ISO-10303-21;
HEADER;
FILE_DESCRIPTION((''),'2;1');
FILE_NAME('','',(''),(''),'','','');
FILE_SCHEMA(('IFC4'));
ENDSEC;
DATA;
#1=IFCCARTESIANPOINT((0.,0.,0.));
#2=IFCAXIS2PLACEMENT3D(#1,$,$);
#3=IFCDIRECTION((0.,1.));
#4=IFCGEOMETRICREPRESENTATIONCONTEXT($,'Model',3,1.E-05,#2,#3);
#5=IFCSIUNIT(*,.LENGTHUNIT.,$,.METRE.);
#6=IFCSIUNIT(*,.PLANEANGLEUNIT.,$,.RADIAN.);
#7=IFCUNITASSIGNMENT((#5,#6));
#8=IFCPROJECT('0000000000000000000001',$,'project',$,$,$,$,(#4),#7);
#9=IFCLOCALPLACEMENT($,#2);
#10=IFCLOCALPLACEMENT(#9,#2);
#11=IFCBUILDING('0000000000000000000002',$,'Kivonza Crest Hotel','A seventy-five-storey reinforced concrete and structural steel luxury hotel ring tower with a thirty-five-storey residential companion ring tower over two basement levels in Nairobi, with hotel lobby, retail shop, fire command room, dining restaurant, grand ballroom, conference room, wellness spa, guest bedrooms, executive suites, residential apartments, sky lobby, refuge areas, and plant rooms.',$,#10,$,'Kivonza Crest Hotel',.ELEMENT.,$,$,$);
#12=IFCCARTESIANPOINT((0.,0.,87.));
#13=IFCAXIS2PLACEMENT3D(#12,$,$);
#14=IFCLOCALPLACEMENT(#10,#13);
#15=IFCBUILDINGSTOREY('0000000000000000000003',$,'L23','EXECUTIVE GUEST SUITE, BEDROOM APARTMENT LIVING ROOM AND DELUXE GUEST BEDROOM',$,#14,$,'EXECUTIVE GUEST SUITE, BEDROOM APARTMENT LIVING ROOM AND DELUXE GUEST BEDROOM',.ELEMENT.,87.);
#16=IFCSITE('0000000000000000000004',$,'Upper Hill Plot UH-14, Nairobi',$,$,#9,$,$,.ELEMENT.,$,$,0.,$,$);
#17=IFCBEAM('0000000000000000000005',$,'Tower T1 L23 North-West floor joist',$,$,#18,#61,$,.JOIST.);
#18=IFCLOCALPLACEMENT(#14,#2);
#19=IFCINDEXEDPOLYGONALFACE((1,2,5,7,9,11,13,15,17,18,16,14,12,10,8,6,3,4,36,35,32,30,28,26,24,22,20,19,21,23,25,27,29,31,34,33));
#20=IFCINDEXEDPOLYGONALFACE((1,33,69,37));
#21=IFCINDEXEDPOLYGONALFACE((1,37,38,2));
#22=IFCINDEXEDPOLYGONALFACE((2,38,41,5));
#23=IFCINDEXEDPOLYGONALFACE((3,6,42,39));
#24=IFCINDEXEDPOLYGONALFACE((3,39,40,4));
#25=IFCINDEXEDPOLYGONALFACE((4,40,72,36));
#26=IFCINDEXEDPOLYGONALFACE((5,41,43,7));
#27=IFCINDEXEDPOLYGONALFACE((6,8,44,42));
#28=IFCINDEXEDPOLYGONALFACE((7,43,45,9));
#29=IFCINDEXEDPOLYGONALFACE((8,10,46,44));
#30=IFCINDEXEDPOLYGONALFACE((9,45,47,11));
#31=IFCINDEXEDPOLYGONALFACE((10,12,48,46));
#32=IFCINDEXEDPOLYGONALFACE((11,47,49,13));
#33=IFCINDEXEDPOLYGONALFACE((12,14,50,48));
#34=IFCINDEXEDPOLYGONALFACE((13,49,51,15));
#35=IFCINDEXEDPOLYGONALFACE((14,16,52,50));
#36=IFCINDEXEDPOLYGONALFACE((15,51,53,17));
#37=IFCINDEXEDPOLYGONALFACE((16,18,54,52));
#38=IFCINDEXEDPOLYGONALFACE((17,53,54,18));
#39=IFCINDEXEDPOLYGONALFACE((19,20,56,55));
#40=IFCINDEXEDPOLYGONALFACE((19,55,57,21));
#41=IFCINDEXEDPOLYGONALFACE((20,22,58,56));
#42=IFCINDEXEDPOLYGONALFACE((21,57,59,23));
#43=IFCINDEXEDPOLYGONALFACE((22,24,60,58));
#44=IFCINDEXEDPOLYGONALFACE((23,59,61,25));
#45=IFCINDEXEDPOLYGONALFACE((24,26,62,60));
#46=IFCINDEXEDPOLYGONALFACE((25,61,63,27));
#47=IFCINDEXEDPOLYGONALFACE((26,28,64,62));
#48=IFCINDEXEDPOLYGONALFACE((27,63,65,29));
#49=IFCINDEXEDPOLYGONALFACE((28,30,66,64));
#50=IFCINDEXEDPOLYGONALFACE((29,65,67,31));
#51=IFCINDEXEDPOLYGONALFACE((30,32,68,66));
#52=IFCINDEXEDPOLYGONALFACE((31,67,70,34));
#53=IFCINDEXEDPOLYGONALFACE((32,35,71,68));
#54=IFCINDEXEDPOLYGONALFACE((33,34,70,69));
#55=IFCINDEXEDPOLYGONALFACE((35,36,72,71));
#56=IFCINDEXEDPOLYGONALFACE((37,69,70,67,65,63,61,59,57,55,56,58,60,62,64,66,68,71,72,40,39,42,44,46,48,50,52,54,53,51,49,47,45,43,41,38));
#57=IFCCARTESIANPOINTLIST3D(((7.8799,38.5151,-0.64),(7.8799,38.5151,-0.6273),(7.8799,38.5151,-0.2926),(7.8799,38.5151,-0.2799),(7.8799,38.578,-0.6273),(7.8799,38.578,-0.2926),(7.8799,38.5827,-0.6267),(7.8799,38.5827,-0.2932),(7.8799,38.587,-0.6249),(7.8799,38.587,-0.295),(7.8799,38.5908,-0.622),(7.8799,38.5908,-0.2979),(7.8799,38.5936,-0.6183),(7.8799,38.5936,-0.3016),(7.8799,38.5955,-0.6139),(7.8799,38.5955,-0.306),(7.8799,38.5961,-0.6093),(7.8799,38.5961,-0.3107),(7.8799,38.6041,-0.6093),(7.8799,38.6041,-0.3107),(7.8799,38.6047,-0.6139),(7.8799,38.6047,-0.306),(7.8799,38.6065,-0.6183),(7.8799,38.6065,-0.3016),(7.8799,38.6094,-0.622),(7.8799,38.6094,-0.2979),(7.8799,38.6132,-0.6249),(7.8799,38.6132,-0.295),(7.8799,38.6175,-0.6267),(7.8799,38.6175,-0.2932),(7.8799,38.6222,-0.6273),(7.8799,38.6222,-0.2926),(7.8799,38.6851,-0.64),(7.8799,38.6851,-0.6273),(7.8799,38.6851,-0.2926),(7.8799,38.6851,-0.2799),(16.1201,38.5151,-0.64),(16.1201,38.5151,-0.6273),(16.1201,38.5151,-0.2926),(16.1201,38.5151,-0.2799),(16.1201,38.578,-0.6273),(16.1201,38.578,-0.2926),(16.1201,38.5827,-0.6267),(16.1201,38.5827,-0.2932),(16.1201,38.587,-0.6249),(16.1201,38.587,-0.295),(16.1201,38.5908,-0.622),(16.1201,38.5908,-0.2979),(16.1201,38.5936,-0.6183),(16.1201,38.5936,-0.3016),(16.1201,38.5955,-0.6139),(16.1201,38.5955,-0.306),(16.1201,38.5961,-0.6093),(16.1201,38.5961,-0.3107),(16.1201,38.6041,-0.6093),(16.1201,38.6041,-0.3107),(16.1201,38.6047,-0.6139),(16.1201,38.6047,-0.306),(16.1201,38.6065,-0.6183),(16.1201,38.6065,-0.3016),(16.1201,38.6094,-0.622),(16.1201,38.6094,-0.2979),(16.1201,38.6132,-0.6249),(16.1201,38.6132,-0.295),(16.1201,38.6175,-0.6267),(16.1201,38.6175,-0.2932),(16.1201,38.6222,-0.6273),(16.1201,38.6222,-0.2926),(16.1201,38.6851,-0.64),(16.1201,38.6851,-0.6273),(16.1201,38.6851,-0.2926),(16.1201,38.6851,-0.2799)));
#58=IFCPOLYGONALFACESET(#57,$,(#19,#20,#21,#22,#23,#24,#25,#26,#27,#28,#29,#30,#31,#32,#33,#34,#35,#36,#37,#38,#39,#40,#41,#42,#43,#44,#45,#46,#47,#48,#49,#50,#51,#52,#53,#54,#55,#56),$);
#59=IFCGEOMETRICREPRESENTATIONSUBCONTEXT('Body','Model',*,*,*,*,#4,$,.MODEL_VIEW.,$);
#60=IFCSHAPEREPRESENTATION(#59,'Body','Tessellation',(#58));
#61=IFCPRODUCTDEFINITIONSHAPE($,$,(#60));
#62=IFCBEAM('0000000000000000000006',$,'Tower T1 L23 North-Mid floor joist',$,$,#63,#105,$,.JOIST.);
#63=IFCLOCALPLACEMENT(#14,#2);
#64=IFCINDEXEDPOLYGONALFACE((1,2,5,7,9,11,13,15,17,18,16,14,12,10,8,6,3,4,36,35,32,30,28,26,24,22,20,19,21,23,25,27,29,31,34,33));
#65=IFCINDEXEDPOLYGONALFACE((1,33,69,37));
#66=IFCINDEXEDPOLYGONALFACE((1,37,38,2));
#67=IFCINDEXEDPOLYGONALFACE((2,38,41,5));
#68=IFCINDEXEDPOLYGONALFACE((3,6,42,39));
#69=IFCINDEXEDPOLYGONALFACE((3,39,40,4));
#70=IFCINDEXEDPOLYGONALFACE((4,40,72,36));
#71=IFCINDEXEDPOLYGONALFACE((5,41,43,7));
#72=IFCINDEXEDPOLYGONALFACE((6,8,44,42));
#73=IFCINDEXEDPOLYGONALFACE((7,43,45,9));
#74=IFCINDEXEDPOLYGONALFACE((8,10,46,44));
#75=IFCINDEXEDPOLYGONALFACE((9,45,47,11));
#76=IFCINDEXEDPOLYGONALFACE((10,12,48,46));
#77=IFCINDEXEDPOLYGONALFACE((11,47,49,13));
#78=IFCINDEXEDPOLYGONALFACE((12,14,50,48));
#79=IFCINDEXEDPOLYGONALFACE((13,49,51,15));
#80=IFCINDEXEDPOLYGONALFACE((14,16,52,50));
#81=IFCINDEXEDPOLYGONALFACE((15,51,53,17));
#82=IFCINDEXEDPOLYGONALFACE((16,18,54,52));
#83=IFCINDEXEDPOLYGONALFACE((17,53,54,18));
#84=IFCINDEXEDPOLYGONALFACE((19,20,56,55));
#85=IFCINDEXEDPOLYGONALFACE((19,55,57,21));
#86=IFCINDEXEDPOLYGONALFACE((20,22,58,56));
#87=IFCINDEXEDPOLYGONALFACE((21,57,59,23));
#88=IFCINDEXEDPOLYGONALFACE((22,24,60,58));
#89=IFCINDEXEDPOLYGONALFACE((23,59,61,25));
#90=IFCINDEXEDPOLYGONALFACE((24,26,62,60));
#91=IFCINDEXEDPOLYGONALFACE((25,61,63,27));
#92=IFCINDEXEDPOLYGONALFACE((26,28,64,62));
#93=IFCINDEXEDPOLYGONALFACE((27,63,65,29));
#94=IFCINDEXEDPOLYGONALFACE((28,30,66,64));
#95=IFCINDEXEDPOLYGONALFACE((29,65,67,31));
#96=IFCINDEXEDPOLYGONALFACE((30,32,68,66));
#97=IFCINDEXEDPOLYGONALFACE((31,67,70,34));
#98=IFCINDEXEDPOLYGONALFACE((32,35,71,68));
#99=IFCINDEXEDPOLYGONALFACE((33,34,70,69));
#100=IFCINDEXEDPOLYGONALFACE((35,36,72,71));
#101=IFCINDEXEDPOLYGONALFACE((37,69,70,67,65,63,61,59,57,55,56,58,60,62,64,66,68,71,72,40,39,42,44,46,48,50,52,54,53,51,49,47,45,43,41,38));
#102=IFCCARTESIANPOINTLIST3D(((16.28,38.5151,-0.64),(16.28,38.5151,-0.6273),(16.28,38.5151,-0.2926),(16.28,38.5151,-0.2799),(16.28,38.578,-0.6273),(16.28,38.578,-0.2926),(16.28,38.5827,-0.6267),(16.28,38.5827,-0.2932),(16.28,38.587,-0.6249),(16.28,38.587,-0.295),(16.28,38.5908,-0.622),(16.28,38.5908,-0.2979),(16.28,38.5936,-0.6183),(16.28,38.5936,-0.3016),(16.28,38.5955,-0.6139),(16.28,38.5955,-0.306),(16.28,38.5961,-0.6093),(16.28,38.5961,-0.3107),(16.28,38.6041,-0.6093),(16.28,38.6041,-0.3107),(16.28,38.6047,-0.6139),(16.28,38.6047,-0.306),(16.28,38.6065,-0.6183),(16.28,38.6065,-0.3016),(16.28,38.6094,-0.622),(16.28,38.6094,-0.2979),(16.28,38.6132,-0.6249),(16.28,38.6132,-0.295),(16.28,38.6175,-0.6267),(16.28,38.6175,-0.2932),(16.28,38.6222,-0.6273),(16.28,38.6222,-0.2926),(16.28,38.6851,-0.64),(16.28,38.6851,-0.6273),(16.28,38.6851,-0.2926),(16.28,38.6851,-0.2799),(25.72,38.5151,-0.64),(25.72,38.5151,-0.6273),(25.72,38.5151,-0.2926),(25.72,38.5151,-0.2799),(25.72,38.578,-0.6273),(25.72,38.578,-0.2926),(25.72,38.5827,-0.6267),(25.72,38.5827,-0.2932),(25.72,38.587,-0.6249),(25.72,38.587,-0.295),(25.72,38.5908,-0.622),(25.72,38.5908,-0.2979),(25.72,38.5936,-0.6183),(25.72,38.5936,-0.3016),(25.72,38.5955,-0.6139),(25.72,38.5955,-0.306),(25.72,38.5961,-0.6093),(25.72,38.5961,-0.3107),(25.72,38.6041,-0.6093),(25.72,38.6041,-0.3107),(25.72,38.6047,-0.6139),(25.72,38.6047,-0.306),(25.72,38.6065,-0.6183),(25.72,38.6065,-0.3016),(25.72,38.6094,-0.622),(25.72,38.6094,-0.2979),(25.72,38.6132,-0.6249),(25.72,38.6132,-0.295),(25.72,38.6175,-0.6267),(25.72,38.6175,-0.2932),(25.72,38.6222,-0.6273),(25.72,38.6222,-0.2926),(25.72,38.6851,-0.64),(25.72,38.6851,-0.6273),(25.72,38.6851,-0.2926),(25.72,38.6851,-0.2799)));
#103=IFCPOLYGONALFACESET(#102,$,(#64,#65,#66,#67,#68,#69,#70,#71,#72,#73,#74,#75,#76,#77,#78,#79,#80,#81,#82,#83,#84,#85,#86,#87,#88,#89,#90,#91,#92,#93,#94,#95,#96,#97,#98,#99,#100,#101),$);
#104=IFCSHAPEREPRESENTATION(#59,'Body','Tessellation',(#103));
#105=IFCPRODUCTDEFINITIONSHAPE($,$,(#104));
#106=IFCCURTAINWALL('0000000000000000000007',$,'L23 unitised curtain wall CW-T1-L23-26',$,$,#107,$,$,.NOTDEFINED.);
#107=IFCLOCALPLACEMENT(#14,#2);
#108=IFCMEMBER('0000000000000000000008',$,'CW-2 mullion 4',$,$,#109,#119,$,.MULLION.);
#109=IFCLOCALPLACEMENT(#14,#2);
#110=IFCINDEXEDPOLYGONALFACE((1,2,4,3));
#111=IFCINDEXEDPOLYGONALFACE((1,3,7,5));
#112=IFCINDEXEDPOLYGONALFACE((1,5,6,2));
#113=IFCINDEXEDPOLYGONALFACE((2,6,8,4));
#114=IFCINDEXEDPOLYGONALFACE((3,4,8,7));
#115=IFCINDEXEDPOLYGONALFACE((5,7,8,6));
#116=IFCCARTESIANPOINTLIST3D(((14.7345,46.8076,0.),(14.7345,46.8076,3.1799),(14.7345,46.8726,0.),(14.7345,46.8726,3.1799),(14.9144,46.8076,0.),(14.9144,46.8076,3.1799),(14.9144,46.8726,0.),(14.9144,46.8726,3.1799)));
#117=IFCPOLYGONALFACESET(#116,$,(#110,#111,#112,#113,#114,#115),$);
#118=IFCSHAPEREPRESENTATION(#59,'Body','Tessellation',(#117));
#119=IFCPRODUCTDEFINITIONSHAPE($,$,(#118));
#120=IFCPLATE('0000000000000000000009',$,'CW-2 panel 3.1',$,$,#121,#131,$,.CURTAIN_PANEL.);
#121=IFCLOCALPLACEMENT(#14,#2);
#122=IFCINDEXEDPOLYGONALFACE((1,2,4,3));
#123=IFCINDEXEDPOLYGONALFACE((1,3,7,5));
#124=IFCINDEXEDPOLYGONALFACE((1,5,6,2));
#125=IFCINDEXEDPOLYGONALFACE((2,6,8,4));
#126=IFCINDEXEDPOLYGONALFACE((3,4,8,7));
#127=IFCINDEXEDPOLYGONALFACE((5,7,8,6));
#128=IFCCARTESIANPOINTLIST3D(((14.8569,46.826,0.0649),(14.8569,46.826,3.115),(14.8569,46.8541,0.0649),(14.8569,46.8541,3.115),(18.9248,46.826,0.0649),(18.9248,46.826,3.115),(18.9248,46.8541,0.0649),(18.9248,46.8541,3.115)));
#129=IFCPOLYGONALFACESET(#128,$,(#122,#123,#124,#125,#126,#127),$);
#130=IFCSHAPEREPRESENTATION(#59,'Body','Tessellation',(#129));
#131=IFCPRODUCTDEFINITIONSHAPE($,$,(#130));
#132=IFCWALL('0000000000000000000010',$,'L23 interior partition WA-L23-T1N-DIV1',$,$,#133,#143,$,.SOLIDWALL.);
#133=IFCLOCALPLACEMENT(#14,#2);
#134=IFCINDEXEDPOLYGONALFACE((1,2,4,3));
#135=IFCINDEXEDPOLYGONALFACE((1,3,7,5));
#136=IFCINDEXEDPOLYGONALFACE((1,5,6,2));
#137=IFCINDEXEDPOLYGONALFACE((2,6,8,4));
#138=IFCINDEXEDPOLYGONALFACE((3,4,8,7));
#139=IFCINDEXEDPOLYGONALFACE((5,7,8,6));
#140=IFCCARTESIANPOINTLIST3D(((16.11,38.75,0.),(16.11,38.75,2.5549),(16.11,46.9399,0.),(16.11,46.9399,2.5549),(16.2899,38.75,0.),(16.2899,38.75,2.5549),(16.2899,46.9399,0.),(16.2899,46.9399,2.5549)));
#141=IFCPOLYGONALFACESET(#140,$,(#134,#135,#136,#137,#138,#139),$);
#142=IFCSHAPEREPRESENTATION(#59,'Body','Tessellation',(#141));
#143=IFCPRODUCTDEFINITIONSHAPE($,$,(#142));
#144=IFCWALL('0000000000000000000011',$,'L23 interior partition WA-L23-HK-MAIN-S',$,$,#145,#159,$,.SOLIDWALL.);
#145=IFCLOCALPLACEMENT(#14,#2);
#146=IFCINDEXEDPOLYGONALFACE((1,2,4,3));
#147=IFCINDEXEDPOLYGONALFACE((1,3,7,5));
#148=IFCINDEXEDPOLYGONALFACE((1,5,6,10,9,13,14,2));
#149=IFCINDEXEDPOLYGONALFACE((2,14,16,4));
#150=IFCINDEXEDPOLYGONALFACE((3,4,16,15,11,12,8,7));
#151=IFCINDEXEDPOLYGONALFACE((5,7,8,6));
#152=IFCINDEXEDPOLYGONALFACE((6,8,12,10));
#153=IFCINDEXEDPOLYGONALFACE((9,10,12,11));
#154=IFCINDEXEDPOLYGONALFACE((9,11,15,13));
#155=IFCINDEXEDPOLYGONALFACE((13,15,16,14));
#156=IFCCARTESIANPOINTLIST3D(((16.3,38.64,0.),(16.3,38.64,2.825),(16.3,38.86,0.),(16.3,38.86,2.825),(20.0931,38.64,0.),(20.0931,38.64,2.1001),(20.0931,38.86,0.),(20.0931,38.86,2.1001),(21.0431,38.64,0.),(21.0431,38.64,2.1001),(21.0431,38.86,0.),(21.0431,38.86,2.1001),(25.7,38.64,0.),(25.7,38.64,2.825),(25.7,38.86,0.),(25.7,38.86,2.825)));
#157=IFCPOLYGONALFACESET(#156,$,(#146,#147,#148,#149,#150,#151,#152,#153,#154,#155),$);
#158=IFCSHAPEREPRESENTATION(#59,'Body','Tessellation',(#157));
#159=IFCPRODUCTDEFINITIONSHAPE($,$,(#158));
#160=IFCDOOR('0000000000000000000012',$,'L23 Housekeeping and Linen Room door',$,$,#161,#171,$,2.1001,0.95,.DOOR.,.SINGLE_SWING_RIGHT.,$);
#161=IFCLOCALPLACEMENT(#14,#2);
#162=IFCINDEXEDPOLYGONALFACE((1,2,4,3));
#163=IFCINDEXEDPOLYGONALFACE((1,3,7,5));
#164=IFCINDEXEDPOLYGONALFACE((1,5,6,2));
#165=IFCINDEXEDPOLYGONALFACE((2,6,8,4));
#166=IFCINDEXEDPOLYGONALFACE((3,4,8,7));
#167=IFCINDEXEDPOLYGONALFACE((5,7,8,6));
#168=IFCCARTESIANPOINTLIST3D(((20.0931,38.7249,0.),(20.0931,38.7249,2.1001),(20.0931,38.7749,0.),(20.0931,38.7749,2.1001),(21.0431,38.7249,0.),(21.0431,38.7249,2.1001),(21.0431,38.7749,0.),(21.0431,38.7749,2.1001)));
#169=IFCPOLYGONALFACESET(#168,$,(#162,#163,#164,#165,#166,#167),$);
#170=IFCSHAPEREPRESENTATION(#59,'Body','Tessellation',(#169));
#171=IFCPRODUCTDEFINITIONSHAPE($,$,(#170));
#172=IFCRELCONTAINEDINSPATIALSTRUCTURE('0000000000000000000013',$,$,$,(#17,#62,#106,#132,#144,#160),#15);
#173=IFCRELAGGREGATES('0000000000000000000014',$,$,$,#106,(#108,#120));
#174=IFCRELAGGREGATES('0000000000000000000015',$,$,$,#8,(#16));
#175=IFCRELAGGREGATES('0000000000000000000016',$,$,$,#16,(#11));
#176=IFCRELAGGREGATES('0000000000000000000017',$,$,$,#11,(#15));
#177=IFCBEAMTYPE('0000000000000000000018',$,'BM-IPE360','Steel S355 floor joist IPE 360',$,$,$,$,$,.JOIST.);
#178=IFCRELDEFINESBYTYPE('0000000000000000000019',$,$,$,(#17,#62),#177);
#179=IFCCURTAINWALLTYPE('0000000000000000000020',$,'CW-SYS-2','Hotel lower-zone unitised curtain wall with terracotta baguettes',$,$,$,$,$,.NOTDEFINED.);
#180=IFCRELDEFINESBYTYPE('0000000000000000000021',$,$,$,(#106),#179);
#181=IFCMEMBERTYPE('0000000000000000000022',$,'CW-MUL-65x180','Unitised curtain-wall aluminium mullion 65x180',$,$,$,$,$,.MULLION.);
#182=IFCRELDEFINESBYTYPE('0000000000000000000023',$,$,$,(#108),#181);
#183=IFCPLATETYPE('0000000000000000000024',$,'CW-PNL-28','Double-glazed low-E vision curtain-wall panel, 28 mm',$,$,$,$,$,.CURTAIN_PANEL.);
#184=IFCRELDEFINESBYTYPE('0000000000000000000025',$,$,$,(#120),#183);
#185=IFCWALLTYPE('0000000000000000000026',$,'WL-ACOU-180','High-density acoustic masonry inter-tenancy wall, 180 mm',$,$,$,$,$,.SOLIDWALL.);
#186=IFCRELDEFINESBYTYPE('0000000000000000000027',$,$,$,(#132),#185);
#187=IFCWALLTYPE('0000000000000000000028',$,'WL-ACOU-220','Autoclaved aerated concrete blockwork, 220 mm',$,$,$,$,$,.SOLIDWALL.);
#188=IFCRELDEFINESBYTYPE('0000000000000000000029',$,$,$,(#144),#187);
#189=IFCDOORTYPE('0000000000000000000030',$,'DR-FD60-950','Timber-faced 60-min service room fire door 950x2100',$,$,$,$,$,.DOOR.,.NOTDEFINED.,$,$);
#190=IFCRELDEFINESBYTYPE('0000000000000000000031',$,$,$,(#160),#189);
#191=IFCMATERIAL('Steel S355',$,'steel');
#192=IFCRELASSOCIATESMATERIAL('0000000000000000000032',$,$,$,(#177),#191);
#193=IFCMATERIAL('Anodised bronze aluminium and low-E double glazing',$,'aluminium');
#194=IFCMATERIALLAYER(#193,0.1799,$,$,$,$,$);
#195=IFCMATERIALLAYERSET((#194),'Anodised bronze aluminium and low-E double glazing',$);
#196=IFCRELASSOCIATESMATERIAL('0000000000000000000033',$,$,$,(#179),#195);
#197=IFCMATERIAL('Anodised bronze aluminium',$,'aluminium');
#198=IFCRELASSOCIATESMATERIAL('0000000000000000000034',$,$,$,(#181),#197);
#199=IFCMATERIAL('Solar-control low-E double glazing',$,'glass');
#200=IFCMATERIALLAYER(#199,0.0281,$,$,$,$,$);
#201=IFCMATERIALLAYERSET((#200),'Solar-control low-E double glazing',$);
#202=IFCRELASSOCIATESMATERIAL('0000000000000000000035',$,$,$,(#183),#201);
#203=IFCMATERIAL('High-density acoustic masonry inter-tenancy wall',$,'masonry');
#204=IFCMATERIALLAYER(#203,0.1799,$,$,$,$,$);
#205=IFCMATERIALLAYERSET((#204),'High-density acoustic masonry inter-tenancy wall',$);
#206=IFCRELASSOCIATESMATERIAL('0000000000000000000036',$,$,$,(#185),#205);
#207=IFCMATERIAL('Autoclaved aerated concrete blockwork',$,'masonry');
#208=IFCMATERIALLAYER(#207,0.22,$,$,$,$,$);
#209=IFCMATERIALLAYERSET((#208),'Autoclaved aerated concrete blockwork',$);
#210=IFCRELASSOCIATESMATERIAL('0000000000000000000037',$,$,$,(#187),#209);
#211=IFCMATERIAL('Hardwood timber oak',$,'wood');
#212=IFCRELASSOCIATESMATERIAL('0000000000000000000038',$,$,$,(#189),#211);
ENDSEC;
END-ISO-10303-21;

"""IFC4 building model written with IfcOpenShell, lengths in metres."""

from ifc_helpers import new_model, si_unit, direction, frame, frame_2d, origin, origin_2d, place, context, subcontext, project, spatial, rectangle, i_section, extrude, material, layer, layer_set, material_profile, profile_set, type_object, element, fill, aggregate, save


model = new_model("IFC4")

# Units and contexts
model_context = context("Model", 3, precision=1e-05, world=origin(), true_north=direction((0.0, 1.0)))
body_context = subcontext(model_context, "Body", "Model", "MODEL_VIEW")
ifc_project = project(units=[si_unit("LENGTHUNIT", "METRE"), si_unit("PLANEANGLEUNIT", "RADIAN")], contexts=[model_context])

# Site, building, storey
site_placement = place(None, origin())
site = spatial("IfcSite", under=ifc_project, at=site_placement, Name="Upper Hill Plot UH-14, Nairobi", CompositionType="ELEMENT", RefElevation=0.0)
building_placement = place(site_placement, origin())
building = spatial("IfcBuilding", under=site, at=building_placement, Name="Kivonza Crest Hotel", Description="A seventy-five-storey reinforced concrete and structural steel luxury hotel ring tower with a thirty-five-storey residential companion ring tower over two basement levels in Nairobi, with hotel lobby, retail shop, fire command room, dining restaurant, grand ballroom, conference room, wellness spa, guest bedrooms, executive suites, residential apartments, sky lobby, refuge areas, and plant rooms.", LongName="Kivonza Crest Hotel", CompositionType="ELEMENT")
storey_placement = place(building_placement, frame((0.0, 0.0, 87.0)))
storey = spatial("IfcBuildingStorey", under=building, at=storey_placement, Name="L23", Description="EXECUTIVE GUEST SUITE, BEDROOM APARTMENT LIVING ROOM AND DELUXE GUEST BEDROOM", LongName="EXECUTIVE GUEST SUITE, BEDROOM APARTMENT LIVING ROOM AND DELUXE GUEST BEDROOM", CompositionType="ELEMENT", Elevation=87.0)

# Beams
ifc_material_1 = material(Name="Steel S355", Category="steel")
ifc_material_profile_1 = material_profile(ifc_material_1, i_section(OverallWidth=0.1699, OverallDepth=0.3601, WebThickness=0.0081, FlangeThickness=0.0127, FilletRadius=0.0181, at=origin_2d()), Name="IPE 360")
ifc_profile_set_1 = profile_set([ifc_material_profile_1], Name="Steel S355")
beam_type_1 = type_object("IfcBeamType", Name="BM-IPE360", Description="Steel S355 floor joist IPE 360", PredefinedType="JOIST", material=ifc_profile_set_1)
beam_1_placement = place(storey_placement, frame((7.8799, 38.6001, -0.46), z_axis=(1.0, 0.0, 0.0), x_axis=(0.0, 1.0, 0.0)))
element("IfcBeam", 1, at=beam_1_placement, inside=storey, type_object=beam_type_1, Name="Tower T1 L23 North-West floor joist", PredefinedType="JOIST", context=body_context, shape_type="SweptSolid", body=[
    extrude(i_section(OverallWidth=0.1699, OverallDepth=0.3601, WebThickness=0.0081, FlangeThickness=0.0127, FilletRadius=0.0181, at=origin_2d()), origin(), (0.0, 0.0, 1.0), 8.2402),
])
beam_2_placement = place(storey_placement, frame((16.28, 38.6001, -0.46), z_axis=(1.0, 0.0, 0.0), x_axis=(0.0, 1.0, 0.0)))
element("IfcBeam", 2, at=beam_2_placement, inside=storey, type_object=beam_type_1, Name="Tower T1 L23 North-Mid floor joist", PredefinedType="JOIST", context=body_context, shape_type="SweptSolid", body=[
    extrude(i_section(OverallWidth=0.1699, OverallDepth=0.3601, WebThickness=0.0081, FlangeThickness=0.0127, FilletRadius=0.0181, at=origin_2d()), origin(), (0.0, 0.0, 1.0), 9.4399),
])

# Curtain wall, member, plate
ifc_material_2 = material(Name="Anodised bronze aluminium and low-E double glazing", Category="aluminium")
ifc_layer_1 = layer(ifc_material_2, 0.1799)
ifc_layer_set_1 = layer_set([ifc_layer_1], Name="Anodised bronze aluminium and low-E double glazing")
curtain_wall_type = type_object("IfcCurtainWallType", Name="CW-SYS-2", Description="Hotel lower-zone unitised curtain wall with terracotta baguettes", PredefinedType="NOTDEFINED", material=ifc_layer_set_1)
curtain_wall_placement = place(storey_placement, origin())
curtain_wall = element("IfcCurtainWall", 3, at=curtain_wall_placement, inside=storey, type_object=curtain_wall_type, Name="L23 unitised curtain wall CW-T1-L23-26", PredefinedType="NOTDEFINED")
ifc_material_3 = material(Name="Anodised bronze aluminium", Category="aluminium")
ifc_material_profile_2 = material_profile(ifc_material_3, rectangle(XDim=0.0649, YDim=0.1799, at=origin_2d()), Name="CW-M 65x180")
ifc_profile_set_2 = profile_set([ifc_material_profile_2], Name="Anodised bronze aluminium")
member_type = type_object("IfcMemberType", Name="CW-MUL-65x180", Description="Unitised curtain-wall aluminium mullion 65x180", PredefinedType="MULLION", material=ifc_profile_set_2)
member_placement = place(storey_placement, frame((14.8245, 46.8401, 0.0), z_axis=(0.0, 0.0, 1.0), x_axis=(0.0, -1.0, 0.0)))
member = element("IfcMember", 4, at=member_placement, type_object=member_type, Name="CW-2 mullion 4", PredefinedType="MULLION", context=body_context, shape_type="SweptSolid", body=[
    extrude(rectangle(XDim=0.0649, YDim=0.1799, at=origin_2d()), origin(), (0.0, 0.0, 1.0), 3.1799),
])
ifc_material_4 = material(Name="Solar-control low-E double glazing", Category="glass")
ifc_layer_2 = layer(ifc_material_4, 0.0281)
ifc_layer_set_2 = layer_set([ifc_layer_2], Name="Solar-control low-E double glazing")
plate_type = type_object("IfcPlateType", Name="CW-PNL-28", Description="Double-glazed low-E vision curtain-wall panel, 28 mm", PredefinedType="CURTAIN_PANEL", material=ifc_layer_set_2)
plate_placement = place(storey_placement, frame((16.8909, 46.8401, 0.0649), z_axis=(0.0, 0.0, 1.0), x_axis=(-1.0, 0.0, 0.0)))
plate = element("IfcPlate", 5, at=plate_placement, type_object=plate_type, Name="CW-2 panel 3.1", PredefinedType="CURTAIN_PANEL", context=body_context, shape_type="SweptSolid", body=[
    extrude(rectangle(XDim=4.0679, YDim=0.0281, at=origin_2d()), origin(), (0.0, 0.0, 1.0), 3.05),
])
aggregate(curtain_wall, [member, plate])

# Wall
ifc_material_5 = material(Name="High-density acoustic masonry inter-tenancy wall", Category="masonry")
ifc_layer_3 = layer(ifc_material_5, 0.1799)
ifc_layer_set_3 = layer_set([ifc_layer_3], Name="High-density acoustic masonry inter-tenancy wall")
wall_type_1 = type_object("IfcWallType", Name="WL-ACOU-180", Description="High-density acoustic masonry inter-tenancy wall, 180 mm", PredefinedType="SOLIDWALL", material=ifc_layer_set_3)
wall_1_placement = place(storey_placement, frame((16.2, 38.75, 0.0), z_axis=(0.0, 0.0, 1.0), x_axis=(0.0, 1.0, 0.0)))
element("IfcWall", 6, at=wall_1_placement, inside=storey, type_object=wall_type_1, Name="L23 interior partition WA-L23-T1N-DIV1", PredefinedType="SOLIDWALL", context=body_context, shape_type="SweptSolid", body=[
    extrude(rectangle(XDim=8.1899, YDim=0.1799, at=frame_2d((4.095, 0.0))), origin(), (0.0, 0.0, 1.0), 2.5549),
])

# Wall, opening, door
ifc_material_6 = material(Name="Autoclaved aerated concrete blockwork", Category="masonry")
ifc_layer_4 = layer(ifc_material_6, 0.22)
ifc_layer_set_4 = layer_set([ifc_layer_4], Name="Autoclaved aerated concrete blockwork")
wall_type_2 = type_object("IfcWallType", Name="WL-ACOU-220", Description="Autoclaved aerated concrete blockwork, 220 mm", PredefinedType="SOLIDWALL", material=ifc_layer_set_4)
wall_2_placement = place(storey_placement, frame((16.3, 38.75, 0.0), z_axis=(0.0, 0.0, 1.0), x_axis=(1.0, 0.0, 0.0)))
wall_2 = element("IfcWall", 7, at=wall_2_placement, inside=storey, type_object=wall_type_2, Name="L23 interior partition WA-L23-HK-MAIN-S", PredefinedType="SOLIDWALL", context=body_context, shape_type="SweptSolid", body=[
    extrude(rectangle(XDim=9.3999, YDim=0.22, at=frame_2d((4.7, 0.0))), origin(), (0.0, 0.0, 1.0), 2.825),
])
opening_1_placement = place(wall_2_placement, frame((3.793, 0.0, 0.0)))
opening_1 = element("IfcOpeningElement", 8, at=opening_1_placement, cuts=wall_2, PredefinedType="OPENING", context=body_context, shape_type="SweptSolid", body=[
    extrude(rectangle(XDim=0.95, YDim=2.1001, at=frame_2d((0.4751, 1.05))), frame((0.0, 0.1201, 0.0), z_axis=(0.0, -1.0, 0.0), x_axis=(1.0, 0.0, 0.0)), (0.0, 0.0, 1.0), 0.24),
])
ifc_material_7 = material(Name="Hardwood timber oak", Category="wood")
door_type = type_object("IfcDoorType", Name="DR-FD60-950", Description="Timber-faced 60-min service room fire door 950x2100", OperationType="NOTDEFINED", PredefinedType="DOOR", material=ifc_material_7)
door_placement = place(opening_1_placement, origin())
door = element("IfcDoor", 9, at=door_placement, inside=storey, type_object=door_type, Name="L23 Housekeeping and Linen Room door", OperationType="SINGLE_SWING_RIGHT", OverallHeight=2.1001, OverallWidth=0.95, PredefinedType="DOOR", context=body_context, shape_type="SweptSolid", body=[
    extrude(rectangle(XDim=0.95, YDim=2.1001, at=frame_2d((0.4751, 1.05))), frame((0.0, 0.0249, 0.0), z_axis=(0.0, -1.0, 0.0), x_axis=(1.0, 0.0, 0.0)), (0.0, 0.0, 1.0), 0.05),
])
fill(opening_1, door)

save(model, "model.ifc")
